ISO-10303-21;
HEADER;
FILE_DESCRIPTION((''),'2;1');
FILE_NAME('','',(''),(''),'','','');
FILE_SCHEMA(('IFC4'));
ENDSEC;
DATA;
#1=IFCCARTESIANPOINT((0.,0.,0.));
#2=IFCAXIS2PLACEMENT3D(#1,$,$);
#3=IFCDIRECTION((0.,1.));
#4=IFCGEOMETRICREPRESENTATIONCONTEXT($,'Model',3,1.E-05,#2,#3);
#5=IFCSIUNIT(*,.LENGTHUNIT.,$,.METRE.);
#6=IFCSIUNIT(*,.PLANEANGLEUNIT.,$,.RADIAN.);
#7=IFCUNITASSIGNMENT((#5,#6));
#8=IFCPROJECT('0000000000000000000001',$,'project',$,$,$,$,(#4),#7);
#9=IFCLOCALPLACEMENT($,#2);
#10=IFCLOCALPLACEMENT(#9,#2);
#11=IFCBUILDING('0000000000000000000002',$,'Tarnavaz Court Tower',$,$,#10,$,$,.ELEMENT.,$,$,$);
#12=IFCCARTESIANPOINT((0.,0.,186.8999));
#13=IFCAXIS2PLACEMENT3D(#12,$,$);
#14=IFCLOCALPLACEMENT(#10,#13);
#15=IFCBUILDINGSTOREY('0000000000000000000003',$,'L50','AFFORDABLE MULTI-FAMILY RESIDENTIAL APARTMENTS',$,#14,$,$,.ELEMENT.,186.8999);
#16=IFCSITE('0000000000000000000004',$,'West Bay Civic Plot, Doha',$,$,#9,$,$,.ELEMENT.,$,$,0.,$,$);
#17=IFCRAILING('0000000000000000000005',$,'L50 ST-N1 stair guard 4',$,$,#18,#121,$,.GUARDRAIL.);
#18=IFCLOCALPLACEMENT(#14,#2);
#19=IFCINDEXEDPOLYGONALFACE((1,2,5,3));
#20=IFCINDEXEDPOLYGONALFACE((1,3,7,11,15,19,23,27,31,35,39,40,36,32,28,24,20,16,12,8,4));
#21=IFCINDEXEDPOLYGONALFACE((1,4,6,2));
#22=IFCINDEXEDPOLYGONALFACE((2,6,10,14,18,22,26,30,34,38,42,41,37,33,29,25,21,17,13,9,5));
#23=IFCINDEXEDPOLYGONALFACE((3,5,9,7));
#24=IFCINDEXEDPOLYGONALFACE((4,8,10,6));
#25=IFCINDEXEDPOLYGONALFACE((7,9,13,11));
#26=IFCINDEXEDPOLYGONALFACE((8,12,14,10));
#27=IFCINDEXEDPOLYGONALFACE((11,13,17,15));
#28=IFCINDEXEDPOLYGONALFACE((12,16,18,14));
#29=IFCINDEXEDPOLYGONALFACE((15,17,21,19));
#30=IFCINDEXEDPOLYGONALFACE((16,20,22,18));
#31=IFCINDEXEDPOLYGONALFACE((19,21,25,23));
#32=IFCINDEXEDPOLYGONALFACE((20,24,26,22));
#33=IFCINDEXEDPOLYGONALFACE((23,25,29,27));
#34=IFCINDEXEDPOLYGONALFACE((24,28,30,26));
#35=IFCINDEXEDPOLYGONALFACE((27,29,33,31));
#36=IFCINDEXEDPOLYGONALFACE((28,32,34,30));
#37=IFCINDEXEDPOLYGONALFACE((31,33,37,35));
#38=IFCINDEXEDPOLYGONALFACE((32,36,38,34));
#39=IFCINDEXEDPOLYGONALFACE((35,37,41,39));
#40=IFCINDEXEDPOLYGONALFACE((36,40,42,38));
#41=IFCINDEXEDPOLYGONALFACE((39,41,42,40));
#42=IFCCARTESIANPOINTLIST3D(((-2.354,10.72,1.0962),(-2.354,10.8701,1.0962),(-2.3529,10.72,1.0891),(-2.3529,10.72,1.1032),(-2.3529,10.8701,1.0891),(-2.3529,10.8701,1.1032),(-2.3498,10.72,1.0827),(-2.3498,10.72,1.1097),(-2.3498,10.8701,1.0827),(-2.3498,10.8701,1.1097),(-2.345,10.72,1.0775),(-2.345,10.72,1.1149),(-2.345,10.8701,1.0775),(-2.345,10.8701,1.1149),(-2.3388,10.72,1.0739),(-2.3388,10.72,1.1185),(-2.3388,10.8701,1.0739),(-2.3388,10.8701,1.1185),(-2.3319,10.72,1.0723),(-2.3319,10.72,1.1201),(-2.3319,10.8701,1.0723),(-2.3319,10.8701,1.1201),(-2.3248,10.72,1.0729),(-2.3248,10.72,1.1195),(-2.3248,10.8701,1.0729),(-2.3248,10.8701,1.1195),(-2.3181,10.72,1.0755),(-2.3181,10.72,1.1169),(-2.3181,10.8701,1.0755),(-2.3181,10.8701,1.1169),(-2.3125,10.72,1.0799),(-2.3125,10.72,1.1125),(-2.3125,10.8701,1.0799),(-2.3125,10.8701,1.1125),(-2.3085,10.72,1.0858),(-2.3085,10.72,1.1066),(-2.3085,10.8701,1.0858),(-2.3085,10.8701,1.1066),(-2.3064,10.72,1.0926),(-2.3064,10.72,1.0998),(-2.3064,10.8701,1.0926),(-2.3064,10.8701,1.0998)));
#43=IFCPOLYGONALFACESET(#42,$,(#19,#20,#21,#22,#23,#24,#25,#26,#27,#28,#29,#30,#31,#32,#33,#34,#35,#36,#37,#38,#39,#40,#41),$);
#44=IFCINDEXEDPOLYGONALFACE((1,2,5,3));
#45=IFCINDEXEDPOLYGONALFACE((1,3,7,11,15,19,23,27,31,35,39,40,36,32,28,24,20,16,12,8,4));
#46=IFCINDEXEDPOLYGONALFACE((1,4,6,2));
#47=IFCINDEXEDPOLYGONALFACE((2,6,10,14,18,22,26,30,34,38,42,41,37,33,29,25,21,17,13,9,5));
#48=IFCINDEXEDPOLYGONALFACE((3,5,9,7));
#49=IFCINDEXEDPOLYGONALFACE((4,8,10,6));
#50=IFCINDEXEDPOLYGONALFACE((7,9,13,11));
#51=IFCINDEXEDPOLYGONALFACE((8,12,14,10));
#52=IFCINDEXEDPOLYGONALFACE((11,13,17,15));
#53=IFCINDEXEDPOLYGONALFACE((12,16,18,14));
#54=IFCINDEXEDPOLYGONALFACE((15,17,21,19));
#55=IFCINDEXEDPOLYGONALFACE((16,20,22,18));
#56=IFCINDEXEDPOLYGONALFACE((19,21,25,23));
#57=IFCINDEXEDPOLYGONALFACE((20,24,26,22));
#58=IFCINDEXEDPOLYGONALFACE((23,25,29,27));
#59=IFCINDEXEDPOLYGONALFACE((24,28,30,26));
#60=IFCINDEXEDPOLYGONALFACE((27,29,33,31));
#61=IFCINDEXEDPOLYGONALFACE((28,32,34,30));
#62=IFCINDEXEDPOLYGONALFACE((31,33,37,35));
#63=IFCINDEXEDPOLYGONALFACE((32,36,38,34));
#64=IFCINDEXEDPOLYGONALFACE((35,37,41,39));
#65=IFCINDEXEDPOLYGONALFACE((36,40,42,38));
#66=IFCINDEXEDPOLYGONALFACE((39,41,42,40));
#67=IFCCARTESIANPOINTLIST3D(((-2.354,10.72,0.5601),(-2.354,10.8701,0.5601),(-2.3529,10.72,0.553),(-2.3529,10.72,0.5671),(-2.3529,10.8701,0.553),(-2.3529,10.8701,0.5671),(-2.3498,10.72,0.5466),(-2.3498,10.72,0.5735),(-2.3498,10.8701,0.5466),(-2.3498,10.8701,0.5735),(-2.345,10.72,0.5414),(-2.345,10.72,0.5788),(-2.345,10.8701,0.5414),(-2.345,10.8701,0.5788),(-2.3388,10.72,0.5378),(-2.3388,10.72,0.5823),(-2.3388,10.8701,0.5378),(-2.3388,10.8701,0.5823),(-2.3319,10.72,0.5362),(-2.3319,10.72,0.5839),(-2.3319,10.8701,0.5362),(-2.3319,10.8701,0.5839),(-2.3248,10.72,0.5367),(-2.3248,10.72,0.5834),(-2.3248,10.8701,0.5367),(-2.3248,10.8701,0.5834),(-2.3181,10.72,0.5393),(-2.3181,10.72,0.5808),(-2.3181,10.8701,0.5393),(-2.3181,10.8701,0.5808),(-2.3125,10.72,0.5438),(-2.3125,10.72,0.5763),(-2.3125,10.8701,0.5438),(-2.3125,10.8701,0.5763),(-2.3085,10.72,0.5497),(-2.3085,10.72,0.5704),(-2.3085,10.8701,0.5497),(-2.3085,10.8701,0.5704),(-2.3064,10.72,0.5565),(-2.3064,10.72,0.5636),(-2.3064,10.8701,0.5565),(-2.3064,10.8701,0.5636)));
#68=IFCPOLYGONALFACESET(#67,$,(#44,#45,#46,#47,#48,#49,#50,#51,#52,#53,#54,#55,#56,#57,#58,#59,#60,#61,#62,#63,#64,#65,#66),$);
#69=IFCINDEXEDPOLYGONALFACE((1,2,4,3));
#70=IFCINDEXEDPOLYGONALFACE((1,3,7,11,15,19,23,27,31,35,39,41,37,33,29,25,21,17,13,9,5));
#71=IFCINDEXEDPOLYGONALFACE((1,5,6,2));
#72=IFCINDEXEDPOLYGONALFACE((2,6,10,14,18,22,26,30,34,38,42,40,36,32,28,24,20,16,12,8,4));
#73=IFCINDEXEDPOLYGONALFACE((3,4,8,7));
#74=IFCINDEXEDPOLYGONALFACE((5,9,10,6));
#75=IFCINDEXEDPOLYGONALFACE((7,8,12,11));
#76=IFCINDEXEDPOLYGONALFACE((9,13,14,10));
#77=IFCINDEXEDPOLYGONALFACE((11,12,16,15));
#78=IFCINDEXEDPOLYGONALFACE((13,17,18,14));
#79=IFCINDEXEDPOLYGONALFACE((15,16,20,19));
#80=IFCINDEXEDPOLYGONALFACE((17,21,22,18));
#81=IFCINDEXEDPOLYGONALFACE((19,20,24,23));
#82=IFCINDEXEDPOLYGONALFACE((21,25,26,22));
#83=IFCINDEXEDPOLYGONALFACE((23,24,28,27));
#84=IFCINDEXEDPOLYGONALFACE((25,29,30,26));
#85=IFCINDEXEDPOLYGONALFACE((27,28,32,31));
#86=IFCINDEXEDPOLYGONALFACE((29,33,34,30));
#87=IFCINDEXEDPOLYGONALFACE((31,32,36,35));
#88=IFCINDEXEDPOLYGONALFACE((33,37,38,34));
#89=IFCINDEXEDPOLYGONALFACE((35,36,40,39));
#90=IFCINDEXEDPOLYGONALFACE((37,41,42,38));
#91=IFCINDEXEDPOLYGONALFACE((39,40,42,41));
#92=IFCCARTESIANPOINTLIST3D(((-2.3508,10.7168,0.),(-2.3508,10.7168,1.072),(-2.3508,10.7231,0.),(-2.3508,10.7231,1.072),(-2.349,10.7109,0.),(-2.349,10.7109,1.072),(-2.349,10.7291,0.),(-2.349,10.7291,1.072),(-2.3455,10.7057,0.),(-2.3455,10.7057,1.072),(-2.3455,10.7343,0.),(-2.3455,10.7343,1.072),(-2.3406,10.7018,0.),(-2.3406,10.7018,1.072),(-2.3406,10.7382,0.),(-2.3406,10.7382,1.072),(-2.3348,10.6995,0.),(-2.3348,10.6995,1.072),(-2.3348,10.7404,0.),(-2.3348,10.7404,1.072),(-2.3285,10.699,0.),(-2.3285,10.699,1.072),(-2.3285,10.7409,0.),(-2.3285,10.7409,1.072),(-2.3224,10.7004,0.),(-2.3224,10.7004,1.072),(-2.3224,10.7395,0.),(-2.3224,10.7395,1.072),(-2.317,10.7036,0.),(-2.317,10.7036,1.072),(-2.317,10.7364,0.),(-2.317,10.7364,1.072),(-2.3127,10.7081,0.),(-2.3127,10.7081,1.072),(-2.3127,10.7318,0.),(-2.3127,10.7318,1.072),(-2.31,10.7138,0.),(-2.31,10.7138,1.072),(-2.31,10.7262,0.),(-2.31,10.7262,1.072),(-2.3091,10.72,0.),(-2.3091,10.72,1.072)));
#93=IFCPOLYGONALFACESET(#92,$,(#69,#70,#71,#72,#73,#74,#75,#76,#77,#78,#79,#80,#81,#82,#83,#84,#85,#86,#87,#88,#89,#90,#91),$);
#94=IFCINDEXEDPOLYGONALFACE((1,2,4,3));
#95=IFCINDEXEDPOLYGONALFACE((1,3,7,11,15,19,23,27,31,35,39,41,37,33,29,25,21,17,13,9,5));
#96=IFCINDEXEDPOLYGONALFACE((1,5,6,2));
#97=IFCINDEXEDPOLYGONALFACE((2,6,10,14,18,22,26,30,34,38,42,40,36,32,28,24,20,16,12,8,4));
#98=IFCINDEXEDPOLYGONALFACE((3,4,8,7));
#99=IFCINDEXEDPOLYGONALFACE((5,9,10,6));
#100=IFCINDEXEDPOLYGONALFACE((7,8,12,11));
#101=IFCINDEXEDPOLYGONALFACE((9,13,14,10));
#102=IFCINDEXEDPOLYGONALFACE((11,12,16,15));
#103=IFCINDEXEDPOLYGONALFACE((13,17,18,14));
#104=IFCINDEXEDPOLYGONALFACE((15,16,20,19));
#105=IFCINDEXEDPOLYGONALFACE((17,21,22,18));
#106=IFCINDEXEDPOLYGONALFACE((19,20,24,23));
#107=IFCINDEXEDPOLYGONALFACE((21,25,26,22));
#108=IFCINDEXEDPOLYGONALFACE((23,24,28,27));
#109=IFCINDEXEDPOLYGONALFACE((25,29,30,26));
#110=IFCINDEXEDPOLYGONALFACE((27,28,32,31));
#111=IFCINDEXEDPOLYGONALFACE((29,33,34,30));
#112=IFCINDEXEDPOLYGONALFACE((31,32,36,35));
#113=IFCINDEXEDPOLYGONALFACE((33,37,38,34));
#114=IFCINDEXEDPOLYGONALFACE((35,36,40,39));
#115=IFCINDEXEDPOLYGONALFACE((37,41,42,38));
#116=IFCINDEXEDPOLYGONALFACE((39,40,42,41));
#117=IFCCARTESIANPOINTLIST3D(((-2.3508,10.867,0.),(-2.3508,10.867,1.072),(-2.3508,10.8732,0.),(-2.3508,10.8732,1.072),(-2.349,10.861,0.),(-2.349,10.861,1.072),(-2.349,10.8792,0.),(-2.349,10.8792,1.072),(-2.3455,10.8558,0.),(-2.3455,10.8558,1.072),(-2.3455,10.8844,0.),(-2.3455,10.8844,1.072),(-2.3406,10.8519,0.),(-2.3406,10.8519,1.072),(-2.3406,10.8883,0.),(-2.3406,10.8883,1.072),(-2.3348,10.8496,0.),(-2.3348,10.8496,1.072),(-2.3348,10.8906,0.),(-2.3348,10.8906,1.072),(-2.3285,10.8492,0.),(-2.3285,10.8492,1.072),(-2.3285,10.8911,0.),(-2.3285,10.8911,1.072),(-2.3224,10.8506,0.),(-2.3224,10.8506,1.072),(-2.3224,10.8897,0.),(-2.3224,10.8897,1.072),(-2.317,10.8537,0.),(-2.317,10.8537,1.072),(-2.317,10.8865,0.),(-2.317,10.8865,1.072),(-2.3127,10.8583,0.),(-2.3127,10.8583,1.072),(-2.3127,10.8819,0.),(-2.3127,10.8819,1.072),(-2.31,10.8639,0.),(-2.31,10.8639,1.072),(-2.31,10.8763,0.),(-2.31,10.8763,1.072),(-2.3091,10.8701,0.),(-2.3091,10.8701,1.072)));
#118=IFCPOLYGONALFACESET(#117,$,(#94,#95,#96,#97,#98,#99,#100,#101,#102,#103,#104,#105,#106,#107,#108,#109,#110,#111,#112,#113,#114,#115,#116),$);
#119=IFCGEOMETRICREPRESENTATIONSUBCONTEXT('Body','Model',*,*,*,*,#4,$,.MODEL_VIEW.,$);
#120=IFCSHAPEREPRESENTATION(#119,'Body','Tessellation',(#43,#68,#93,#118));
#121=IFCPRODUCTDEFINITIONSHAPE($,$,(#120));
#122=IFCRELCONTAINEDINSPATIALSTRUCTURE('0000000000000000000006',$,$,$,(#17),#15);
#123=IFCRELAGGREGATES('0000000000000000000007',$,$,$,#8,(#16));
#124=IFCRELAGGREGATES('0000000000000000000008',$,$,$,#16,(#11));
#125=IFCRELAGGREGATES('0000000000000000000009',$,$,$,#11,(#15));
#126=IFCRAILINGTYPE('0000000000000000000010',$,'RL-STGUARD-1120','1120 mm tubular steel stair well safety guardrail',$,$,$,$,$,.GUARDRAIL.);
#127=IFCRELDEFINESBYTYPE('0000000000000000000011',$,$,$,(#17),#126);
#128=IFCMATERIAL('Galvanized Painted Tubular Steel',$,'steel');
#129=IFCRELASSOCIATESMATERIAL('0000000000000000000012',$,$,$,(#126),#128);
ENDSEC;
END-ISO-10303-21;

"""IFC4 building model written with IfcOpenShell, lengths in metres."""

from ifc_helpers import new_model, si_unit, direction, frame, origin, origin_2d, place, context, subcontext, project, spatial, circle, extrude, material, type_object, element, save


model = new_model("IFC4")

# Units and contexts
model_context = context("Model", 3, precision=1e-05, world=origin(), true_north=direction((0.0, 1.0)))
body_context = subcontext(model_context, "Body", "Model", "MODEL_VIEW")
ifc_project = project(units=[si_unit("LENGTHUNIT", "METRE"), si_unit("PLANEANGLEUNIT", "RADIAN")], contexts=[model_context])

# Site, building, storey
site_placement = place(None, origin())
site = spatial("IfcSite", under=ifc_project, at=site_placement, Name="West Bay Civic Plot, Doha", CompositionType="ELEMENT", RefElevation=0.0)
building_placement = place(site_placement, origin())
building = spatial("IfcBuilding", under=site, at=building_placement, Name="Tarnavaz Court Tower", CompositionType="ELEMENT")
storey_placement = place(building_placement, frame((0.0, 0.0, 186.8999)))
storey = spatial("IfcBuildingStorey", under=building, at=storey_placement, Name="L50", Description="AFFORDABLE MULTI-FAMILY RESIDENTIAL APARTMENTS", CompositionType="ELEMENT", Elevation=186.8999)

# Railing
ifc_material_1 = material(Name="Galvanized Painted Tubular Steel", Category="steel")
railing_type_1 = type_object("IfcRailingType", Name="RL-STGUARD-1120", Description="1120 mm tubular steel stair well safety guardrail", PredefinedType="GUARDRAIL", material=ifc_material_1)
railing_1_placement = place(storey_placement, frame((-2.3301, 10.72, 0.0)))
element("IfcRailing", 1, at=railing_1_placement, inside=storey, type_object=railing_type_1, Name="L50 ST-N1 stair guard 4", PredefinedType="GUARDRAIL", context=body_context, shape_type="SweptSolid", body=[
    extrude(circle(Radius=0.0239, at=origin_2d()), frame((0.0, 0.0, 1.0962), z_axis=(0.0, 1.0, 0.0), x_axis=(-1.0, 0.0, 0.0)), (0.0, 0.0, 1.0), 0.1501),
    extrude(circle(Radius=0.0239, at=origin_2d()), frame((0.0, 0.0, 0.5601), z_axis=(0.0, 1.0, 0.0), x_axis=(-1.0, 0.0, 0.0)), (0.0, 0.0, 1.0), 0.1501),
    extrude(circle(Radius=0.021, at=origin_2d()), origin(), (0.0, 0.0, 1.0), 1.072),
    extrude(circle(Radius=0.021, at=origin_2d()), frame((0.0, 0.1501, 0.0)), (0.0, 0.0, 1.0), 1.072),
])

save(model, "model.ifc")
